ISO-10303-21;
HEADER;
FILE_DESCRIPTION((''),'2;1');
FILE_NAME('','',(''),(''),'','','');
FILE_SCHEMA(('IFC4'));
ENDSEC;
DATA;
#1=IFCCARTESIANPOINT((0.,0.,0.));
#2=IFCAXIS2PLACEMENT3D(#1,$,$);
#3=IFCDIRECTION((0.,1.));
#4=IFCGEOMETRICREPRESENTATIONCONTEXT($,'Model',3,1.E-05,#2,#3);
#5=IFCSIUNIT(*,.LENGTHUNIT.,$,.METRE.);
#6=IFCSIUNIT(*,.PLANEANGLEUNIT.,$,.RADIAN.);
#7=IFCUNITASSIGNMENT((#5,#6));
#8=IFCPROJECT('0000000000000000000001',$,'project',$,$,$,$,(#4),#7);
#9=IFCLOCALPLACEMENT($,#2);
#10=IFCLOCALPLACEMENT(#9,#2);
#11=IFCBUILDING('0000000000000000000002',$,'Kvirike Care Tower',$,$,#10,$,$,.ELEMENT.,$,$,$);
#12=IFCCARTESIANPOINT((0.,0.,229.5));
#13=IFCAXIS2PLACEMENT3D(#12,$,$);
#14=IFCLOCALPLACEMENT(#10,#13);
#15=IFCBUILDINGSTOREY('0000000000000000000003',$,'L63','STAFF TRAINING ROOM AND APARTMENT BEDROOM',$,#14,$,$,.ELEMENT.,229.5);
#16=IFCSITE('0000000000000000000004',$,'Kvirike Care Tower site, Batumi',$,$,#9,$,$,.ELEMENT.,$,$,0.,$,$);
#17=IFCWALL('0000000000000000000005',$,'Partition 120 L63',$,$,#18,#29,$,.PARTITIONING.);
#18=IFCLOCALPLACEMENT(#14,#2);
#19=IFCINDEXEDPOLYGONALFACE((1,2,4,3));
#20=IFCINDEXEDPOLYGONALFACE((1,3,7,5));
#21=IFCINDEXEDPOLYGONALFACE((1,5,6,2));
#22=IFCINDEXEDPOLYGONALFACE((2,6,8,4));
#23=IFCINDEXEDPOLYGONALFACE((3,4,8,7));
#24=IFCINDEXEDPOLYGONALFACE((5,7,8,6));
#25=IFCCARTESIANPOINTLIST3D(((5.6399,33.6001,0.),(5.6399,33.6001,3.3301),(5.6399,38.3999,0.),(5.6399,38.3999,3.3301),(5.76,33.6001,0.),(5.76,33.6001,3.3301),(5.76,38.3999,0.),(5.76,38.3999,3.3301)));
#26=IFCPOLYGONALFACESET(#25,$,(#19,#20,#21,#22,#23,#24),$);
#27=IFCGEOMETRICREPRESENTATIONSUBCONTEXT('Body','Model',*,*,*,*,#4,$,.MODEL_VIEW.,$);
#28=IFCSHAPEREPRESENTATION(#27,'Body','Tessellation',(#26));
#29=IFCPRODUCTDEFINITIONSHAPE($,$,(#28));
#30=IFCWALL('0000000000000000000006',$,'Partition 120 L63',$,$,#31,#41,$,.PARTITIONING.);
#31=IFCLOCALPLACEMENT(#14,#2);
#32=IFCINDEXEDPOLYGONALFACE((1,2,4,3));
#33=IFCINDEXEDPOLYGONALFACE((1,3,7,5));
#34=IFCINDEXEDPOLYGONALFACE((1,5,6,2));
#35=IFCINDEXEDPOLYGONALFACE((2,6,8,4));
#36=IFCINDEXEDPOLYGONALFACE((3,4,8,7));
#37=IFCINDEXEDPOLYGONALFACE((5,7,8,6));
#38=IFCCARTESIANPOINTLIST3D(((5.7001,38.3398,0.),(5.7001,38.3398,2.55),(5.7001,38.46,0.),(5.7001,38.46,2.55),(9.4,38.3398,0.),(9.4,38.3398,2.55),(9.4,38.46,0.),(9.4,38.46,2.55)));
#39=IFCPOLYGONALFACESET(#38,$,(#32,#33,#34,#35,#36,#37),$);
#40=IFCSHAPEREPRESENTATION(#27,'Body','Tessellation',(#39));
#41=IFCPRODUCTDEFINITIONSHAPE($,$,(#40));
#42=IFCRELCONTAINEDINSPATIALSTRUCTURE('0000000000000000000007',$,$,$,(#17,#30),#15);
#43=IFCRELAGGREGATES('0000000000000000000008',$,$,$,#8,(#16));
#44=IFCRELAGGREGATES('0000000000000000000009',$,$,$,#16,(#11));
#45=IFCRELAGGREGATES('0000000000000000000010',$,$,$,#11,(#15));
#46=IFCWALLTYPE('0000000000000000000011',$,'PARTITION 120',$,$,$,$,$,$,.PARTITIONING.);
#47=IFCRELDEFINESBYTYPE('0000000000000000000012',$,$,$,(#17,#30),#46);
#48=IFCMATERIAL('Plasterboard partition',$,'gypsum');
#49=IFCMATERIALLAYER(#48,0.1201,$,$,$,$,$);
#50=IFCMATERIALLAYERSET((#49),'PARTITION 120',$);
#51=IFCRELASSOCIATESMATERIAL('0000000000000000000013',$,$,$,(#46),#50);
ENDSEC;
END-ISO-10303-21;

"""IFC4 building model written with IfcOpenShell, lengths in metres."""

from ifc_helpers import new_model, si_unit, direction, frame, frame_2d, origin, place, context, subcontext, project, spatial, rectangle, extrude, material, layer, layer_set, type_object, element, save


model = new_model("IFC4")

# Units and contexts
model_context = context("Model", 3, precision=1e-05, world=origin(), true_north=direction((0.0, 1.0)))
body_context = subcontext(model_context, "Body", "Model", "MODEL_VIEW")
ifc_project = project(units=[si_unit("LENGTHUNIT", "METRE"), si_unit("PLANEANGLEUNIT", "RADIAN")], contexts=[model_context])

# Site, building, storey
site_placement = place(None, origin())
site = spatial("IfcSite", under=ifc_project, at=site_placement, Name="Kvirike Care Tower site, Batumi", CompositionType="ELEMENT", RefElevation=0.0)
building_placement = place(site_placement, origin())
building = spatial("IfcBuilding", under=site, at=building_placement, Name="Kvirike Care Tower", CompositionType="ELEMENT")
storey_placement = place(building_placement, frame((0.0, 0.0, 229.5)))
storey = spatial("IfcBuildingStorey", under=building, at=storey_placement, Name="L63", Description="STAFF TRAINING ROOM AND APARTMENT BEDROOM", CompositionType="ELEMENT", Elevation=229.5)

# Walls
ifc_material_1 = material(Name="Plasterboard partition", Category="gypsum")
ifc_layer_1 = layer(ifc_material_1, 0.1201)
ifc_layer_set_1 = layer_set([ifc_layer_1], Name="PARTITION 120")
wall_type = type_object("IfcWallType", Name="PARTITION 120", PredefinedType="PARTITIONING", material=ifc_layer_set_1)
wall_1_placement = place(storey_placement, frame((5.7, 38.3999, 0.0), z_axis=(0.0, 0.0, 1.0), x_axis=(0.0, -1.0, 0.0)))
element("IfcWall", 1, at=wall_1_placement, inside=storey, type_object=wall_type, Name="Partition 120 L63", PredefinedType="PARTITIONING", context=body_context, shape_type="SweptSolid", body=[
    extrude(rectangle(XDim=4.7998, YDim=0.1201, at=frame_2d((2.3999, 0.0))), origin(), (0.0, 0.0, 1.0), 3.3301),
])
wall_2_placement = place(storey_placement, frame((5.7, 38.3999, 0.0), z_axis=(0.0, 0.0, 1.0), x_axis=(1.0, 0.0, 0.0)))
element("IfcWall", 2, at=wall_2_placement, inside=storey, type_object=wall_type, Name="Partition 120 L63", PredefinedType="PARTITIONING", context=body_context, shape_type="SweptSolid", body=[
    extrude(rectangle(XDim=3.7, YDim=0.1201, at=frame_2d((1.8501, 0.0))), origin(), (0.0, 0.0, 1.0), 2.55),
])

save(model, "model.ifc")
